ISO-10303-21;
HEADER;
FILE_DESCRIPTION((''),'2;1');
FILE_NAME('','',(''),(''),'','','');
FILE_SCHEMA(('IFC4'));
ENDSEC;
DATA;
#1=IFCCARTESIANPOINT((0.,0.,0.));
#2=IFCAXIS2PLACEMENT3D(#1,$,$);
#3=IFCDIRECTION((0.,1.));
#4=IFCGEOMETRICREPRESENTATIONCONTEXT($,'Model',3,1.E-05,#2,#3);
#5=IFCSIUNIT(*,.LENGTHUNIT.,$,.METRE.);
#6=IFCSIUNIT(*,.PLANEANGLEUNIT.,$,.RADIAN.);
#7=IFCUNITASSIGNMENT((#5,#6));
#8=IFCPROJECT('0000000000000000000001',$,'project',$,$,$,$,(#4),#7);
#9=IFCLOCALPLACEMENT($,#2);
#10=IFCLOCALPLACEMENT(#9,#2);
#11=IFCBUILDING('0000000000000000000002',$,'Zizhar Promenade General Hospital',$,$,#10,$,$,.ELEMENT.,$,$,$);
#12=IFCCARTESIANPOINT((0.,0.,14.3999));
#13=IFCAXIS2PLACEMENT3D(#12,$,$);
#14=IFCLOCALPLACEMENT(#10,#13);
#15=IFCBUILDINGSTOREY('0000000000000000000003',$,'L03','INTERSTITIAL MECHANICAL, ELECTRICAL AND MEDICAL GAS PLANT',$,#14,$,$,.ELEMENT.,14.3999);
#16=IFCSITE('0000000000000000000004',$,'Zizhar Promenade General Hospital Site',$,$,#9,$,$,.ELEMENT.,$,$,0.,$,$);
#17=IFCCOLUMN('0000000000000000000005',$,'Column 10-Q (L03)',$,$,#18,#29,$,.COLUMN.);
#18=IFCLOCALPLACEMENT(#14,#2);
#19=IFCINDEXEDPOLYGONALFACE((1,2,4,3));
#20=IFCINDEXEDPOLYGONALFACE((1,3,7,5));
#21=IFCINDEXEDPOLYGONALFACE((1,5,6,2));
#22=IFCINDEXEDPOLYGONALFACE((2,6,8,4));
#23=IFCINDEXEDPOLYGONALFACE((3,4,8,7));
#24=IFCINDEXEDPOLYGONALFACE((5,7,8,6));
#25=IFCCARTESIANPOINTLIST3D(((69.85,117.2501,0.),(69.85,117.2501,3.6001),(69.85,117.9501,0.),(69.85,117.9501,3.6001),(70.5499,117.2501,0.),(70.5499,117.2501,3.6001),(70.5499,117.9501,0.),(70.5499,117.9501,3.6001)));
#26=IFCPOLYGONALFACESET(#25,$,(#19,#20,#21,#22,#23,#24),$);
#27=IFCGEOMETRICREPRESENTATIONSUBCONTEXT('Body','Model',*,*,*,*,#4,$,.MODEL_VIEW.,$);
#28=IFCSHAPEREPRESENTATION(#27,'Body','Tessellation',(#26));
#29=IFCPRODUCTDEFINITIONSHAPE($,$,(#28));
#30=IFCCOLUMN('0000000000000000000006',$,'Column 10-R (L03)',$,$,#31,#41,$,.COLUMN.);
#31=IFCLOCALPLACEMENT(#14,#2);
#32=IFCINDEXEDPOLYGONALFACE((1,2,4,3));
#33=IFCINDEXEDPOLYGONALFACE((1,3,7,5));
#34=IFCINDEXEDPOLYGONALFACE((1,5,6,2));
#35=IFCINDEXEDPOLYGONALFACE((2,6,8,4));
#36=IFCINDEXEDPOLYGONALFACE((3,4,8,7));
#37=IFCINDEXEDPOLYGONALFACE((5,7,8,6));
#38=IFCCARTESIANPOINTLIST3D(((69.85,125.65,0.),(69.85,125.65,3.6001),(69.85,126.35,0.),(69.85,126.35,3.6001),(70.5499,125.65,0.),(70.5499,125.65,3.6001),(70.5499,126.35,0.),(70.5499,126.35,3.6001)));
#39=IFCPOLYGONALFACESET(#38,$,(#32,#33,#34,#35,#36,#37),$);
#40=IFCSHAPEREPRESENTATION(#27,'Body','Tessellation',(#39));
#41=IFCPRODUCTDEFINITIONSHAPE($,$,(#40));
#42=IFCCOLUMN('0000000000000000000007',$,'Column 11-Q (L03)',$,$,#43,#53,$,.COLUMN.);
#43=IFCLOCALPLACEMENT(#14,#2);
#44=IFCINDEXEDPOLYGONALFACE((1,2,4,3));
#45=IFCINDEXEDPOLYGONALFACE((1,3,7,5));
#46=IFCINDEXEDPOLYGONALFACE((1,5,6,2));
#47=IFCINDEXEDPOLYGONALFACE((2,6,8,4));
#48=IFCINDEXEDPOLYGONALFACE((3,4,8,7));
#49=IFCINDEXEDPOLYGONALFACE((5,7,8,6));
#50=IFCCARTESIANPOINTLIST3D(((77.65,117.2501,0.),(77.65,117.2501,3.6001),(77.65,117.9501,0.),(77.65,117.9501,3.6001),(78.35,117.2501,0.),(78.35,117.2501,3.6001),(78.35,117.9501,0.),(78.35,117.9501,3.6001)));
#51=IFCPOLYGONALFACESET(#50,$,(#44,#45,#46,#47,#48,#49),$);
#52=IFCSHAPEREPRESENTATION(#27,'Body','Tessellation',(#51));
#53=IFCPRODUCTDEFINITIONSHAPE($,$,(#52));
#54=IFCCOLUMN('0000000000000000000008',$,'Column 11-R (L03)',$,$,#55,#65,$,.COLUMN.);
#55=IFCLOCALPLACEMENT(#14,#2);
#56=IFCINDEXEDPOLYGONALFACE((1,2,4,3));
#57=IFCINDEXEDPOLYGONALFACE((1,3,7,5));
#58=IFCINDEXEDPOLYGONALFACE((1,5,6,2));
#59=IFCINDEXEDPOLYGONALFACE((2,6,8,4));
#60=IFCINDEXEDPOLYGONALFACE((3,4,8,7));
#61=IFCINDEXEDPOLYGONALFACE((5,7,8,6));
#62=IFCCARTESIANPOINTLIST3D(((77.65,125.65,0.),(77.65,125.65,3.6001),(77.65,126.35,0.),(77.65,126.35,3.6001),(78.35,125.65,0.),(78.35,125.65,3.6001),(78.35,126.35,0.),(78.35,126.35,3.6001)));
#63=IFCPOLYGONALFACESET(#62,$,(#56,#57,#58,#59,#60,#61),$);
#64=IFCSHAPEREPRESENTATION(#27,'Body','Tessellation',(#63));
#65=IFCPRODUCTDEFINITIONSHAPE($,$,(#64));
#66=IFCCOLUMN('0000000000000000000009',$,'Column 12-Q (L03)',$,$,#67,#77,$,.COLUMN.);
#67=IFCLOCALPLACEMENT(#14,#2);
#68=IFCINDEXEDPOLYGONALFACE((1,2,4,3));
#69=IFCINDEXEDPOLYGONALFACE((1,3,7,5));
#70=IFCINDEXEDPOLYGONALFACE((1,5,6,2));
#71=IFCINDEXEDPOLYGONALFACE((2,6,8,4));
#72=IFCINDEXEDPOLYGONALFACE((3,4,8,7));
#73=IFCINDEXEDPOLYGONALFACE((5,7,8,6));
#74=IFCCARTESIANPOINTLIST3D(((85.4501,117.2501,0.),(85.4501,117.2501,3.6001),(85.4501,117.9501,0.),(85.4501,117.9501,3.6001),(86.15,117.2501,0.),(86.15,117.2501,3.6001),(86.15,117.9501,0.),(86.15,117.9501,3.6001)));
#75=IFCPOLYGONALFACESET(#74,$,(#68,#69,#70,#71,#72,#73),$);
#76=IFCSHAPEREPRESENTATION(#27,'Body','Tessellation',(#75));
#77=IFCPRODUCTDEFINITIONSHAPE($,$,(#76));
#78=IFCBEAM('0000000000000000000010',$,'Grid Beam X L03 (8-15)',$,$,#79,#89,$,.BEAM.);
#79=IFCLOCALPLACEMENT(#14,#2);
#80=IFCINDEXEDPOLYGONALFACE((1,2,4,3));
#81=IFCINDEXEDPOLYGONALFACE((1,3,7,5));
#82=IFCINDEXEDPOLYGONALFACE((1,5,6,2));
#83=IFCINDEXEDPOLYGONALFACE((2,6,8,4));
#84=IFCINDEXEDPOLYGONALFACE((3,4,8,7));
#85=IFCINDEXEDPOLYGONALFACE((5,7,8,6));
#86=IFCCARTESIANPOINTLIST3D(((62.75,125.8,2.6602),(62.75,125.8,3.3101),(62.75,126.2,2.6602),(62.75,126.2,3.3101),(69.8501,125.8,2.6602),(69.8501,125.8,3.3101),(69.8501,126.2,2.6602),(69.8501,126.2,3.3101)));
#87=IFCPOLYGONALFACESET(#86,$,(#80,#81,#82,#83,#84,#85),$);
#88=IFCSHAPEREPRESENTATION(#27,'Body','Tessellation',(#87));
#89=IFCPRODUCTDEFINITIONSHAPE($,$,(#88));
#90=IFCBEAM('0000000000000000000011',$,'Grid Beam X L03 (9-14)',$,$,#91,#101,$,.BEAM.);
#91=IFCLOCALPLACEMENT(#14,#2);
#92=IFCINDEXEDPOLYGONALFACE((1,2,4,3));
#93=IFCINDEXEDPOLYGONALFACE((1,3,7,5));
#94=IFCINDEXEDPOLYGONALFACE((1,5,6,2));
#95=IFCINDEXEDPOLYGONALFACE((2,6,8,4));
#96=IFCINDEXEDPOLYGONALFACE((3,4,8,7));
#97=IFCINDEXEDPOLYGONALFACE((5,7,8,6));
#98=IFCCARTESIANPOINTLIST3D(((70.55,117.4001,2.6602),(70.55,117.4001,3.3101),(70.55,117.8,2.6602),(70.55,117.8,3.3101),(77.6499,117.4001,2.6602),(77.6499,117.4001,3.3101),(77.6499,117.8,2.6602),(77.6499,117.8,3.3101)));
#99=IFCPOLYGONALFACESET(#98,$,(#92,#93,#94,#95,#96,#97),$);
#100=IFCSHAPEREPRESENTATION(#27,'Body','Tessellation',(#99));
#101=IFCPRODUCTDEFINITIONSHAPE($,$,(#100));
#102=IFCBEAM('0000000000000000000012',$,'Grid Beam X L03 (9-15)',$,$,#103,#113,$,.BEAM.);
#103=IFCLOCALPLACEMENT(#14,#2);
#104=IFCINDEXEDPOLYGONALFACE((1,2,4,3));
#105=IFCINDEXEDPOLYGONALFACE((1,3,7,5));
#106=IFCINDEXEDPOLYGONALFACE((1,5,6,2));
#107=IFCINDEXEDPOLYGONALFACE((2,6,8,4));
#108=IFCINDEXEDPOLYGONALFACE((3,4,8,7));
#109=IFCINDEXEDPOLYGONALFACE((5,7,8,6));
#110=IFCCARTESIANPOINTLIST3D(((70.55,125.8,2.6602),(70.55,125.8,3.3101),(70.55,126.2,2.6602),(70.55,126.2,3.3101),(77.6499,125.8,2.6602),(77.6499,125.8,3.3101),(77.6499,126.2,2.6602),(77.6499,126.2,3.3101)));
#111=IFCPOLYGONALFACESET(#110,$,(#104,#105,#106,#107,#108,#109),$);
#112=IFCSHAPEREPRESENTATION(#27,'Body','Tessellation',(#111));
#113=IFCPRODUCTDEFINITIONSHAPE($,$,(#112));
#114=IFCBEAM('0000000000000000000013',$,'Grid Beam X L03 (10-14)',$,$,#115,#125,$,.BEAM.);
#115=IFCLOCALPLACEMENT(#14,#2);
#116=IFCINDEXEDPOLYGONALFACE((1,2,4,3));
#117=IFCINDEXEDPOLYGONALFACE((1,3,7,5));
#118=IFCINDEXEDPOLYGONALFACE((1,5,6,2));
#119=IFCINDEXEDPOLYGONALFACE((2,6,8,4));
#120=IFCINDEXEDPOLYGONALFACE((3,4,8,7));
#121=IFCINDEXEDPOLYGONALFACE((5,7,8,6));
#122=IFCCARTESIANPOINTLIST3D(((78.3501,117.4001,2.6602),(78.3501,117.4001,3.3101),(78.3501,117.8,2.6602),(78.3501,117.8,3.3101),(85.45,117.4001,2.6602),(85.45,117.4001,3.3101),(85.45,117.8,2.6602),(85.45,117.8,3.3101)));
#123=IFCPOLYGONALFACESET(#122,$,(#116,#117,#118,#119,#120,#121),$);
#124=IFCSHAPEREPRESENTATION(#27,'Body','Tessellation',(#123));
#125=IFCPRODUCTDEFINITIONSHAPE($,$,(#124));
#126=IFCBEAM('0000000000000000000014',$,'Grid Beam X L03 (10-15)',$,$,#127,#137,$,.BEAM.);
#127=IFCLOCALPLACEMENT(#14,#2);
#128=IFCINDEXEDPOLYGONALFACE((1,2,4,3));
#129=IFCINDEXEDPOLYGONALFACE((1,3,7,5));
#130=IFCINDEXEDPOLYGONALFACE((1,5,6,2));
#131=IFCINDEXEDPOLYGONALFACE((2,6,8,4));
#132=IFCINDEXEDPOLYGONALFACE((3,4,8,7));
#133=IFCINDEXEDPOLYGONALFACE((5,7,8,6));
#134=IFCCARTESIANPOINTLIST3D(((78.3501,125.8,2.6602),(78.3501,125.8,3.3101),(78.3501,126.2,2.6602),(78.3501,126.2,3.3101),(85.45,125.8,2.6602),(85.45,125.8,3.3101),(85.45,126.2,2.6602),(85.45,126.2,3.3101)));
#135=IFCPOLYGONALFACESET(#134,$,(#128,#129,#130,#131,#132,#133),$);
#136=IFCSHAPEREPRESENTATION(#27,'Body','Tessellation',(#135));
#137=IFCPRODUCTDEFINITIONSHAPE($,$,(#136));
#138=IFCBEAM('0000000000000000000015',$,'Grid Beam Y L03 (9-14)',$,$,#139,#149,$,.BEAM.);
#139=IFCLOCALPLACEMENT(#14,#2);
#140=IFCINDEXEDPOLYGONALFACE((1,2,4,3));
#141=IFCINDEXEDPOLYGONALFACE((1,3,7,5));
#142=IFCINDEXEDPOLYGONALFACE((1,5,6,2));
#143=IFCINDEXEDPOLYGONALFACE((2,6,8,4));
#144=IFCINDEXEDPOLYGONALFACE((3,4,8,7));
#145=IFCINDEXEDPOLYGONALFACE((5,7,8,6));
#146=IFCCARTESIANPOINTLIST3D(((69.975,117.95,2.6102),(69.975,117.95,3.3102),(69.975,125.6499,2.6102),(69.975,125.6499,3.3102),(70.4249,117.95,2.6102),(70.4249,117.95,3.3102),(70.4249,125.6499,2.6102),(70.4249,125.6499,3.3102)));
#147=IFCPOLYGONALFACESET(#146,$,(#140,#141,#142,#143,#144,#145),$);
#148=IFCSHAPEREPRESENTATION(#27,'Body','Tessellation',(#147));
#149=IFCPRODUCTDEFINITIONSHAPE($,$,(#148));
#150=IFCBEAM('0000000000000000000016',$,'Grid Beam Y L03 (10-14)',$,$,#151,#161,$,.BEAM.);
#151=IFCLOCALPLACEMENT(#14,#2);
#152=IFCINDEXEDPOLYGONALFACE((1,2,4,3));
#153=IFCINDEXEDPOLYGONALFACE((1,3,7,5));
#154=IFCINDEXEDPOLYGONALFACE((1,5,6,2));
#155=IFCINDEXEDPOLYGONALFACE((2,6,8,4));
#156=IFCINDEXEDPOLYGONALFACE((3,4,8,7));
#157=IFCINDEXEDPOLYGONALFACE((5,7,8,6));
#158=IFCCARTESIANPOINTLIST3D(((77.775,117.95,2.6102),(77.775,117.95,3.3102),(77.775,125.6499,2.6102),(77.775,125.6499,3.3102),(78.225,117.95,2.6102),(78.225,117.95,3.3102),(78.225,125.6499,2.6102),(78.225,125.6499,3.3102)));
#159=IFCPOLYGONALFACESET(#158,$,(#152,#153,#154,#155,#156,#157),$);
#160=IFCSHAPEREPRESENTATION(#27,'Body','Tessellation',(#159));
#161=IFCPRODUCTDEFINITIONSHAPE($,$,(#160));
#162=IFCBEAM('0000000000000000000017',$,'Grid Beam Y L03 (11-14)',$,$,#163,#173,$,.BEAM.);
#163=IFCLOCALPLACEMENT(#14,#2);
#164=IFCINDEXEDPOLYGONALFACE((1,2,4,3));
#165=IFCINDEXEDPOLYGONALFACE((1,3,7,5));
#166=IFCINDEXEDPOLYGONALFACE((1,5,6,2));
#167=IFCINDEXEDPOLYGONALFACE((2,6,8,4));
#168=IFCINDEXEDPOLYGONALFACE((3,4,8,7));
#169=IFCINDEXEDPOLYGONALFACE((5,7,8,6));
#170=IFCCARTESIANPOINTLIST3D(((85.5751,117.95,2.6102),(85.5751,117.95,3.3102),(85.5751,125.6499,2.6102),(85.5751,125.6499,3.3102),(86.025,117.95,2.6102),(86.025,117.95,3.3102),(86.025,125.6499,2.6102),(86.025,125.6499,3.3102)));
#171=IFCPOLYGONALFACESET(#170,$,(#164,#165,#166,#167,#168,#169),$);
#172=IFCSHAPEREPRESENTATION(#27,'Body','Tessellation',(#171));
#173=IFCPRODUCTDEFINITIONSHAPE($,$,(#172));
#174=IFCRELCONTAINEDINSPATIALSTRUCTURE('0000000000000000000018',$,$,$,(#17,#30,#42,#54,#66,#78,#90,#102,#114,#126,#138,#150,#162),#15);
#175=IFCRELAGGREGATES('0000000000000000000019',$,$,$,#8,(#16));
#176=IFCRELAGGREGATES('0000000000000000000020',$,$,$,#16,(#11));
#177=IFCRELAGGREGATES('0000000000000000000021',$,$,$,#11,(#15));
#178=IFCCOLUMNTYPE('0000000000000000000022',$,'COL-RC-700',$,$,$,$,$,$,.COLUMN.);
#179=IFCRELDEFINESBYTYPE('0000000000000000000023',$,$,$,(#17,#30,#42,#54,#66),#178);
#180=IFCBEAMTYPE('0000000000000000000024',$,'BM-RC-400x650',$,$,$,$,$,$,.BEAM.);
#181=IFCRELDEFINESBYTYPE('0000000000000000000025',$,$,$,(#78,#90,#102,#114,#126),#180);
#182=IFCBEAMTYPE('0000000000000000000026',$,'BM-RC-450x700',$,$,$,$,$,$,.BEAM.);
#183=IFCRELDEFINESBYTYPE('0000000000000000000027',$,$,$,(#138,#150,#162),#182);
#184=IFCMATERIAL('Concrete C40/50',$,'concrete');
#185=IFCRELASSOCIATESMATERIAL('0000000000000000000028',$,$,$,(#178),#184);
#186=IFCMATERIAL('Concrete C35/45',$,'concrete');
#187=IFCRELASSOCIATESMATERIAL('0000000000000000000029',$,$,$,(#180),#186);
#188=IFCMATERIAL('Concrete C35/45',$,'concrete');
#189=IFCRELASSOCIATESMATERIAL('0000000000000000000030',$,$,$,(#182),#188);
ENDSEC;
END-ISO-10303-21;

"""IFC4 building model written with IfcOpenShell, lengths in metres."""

from ifc_helpers import new_model, si_unit, direction, frame, origin, origin_2d, place, context, subcontext, project, spatial, rectangle, extrude, material, material_profile, profile_set, type_object, element, save


model = new_model("IFC4")

# Units and contexts
model_context = context("Model", 3, precision=1e-05, world=origin(), true_north=direction((0.0, 1.0)))
body_context = subcontext(model_context, "Body", "Model", "MODEL_VIEW")
ifc_project = project(units=[si_unit("LENGTHUNIT", "METRE"), si_unit("PLANEANGLEUNIT", "RADIAN")], contexts=[model_context])

# Site, building, storey
site_placement = place(None, origin())
site = spatial("IfcSite", under=ifc_project, at=site_placement, Name="Zizhar Promenade General Hospital Site", CompositionType="ELEMENT", RefElevation=0.0)
building_placement = place(site_placement, origin())
building = spatial("IfcBuilding", under=site, at=building_placement, Name="Zizhar Promenade General Hospital", CompositionType="ELEMENT")
storey_placement = place(building_placement, frame((0.0, 0.0, 14.3999)))
storey = spatial("IfcBuildingStorey", under=building, at=storey_placement, Name="L03", Description="INTERSTITIAL MECHANICAL, ELECTRICAL AND MEDICAL GAS PLANT", CompositionType="ELEMENT", Elevation=14.3999)

# Columns
ifc_material_1 = material(Name="Concrete C40/50", Category="concrete")
ifc_material_profile_1 = material_profile(ifc_material_1, rectangle(XDim=0.7, YDim=0.7, at=origin_2d()))
ifc_profile_set_1 = profile_set([ifc_material_profile_1], Name="Concrete C40/50")
column_type = type_object("IfcColumnType", Name="COL-RC-700", PredefinedType="COLUMN", material=ifc_profile_set_1)
for number, where, z_axis, x_axis, name in (
    (1, (70.2, 117.6001, 0.0), (0.0, 0.0, 1.0), (1.0, 0.0, 0.0), "Column 10-Q (L03)"),
    (2, (70.2, 126.0, 0.0), (0.0, 0.0, 1.0), (1.0, 0.0, 0.0), "Column 10-R (L03)"),
    (3, (78.0, 117.6001, 0.0), (0.0, 0.0, 1.0), (1.0, 0.0, 0.0), "Column 11-Q (L03)"),
    (4, (78.0, 126.0, 0.0), (0.0, 0.0, 1.0), (1.0, 0.0, 0.0), "Column 11-R (L03)"),
    (5, (85.8, 117.6001, 0.0), (0.0, 0.0, 1.0), (1.0, 0.0, 0.0), "Column 12-Q (L03)"),
):
    element("IfcColumn", number, at=place(storey_placement, frame(where, z_axis=z_axis, x_axis=x_axis)), inside=storey, type_object=column_type, Name=name, PredefinedType="COLUMN", context=body_context, shape_type="SweptSolid", body=[
        extrude(rectangle(XDim=0.7, YDim=0.7, at=origin_2d()), origin(), (0.0, 0.0, 1.0), 3.6001),
    ])

# Beams
ifc_material_2 = material(Name="Concrete C35/45", Category="concrete")
ifc_material_profile_2 = material_profile(ifc_material_2, rectangle(XDim=0.3999, YDim=0.6499, at=origin_2d()))
ifc_profile_set_2 = profile_set([ifc_material_profile_2], Name="Concrete C35/45")
beam_type_1 = type_object("IfcBeamType", Name="BM-RC-400x650", PredefinedType="BEAM", material=ifc_profile_set_2)
beam_placement = place(storey_placement, frame((62.75, 126.0, 2.9851), z_axis=(1.0, 0.0, 0.0), x_axis=(0.0, 1.0, 0.0)))
element("IfcBeam", 6, at=beam_placement, inside=storey, type_object=beam_type_1, Name="Grid Beam X L03 (8-15)", PredefinedType="BEAM", context=body_context, shape_type="SweptSolid", body=[
    extrude(rectangle(XDim=0.3999, YDim=0.6499, at=origin_2d()), origin(), (0.0, 0.0, 1.0), 7.1001),
])
for number, where, z_axis, x_axis, name in (
    (7, (70.55, 117.6001, 2.9851), (1.0, 0.0, 0.0), (0.0, 1.0, 0.0), "Grid Beam X L03 (9-14)"),
    (8, (70.55, 126.0, 2.9851), (1.0, 0.0, 0.0), (0.0, 1.0, 0.0), "Grid Beam X L03 (9-15)"),
    (9, (78.3501, 117.6001, 2.9851), (1.0, 0.0, 0.0), (0.0, 1.0, 0.0), "Grid Beam X L03 (10-14)"),
    (10, (78.3501, 126.0, 2.9851), (1.0, 0.0, 0.0), (0.0, 1.0, 0.0), "Grid Beam X L03 (10-15)"),
):
    element("IfcBeam", number, at=place(storey_placement, frame(where, z_axis=z_axis, x_axis=x_axis)), inside=storey, type_object=beam_type_1, Name=name, PredefinedType="BEAM", context=body_context, shape_type="SweptSolid", body=[
        extrude(rectangle(XDim=0.3999, YDim=0.6499, at=origin_2d()), origin(), (0.0, 0.0, 1.0), 7.0999),
    ])
ifc_material_3 = material(Name="Concrete C35/45", Category="concrete")
ifc_material_profile_3 = material_profile(ifc_material_3, rectangle(XDim=0.45, YDim=0.7, at=origin_2d()))
ifc_profile_set_3 = profile_set([ifc_material_profile_3], Name="Concrete C35/45")
beam_type_2 = type_object("IfcBeamType", Name="BM-RC-450x700", PredefinedType="BEAM", material=ifc_profile_set_3)
for number, where, z_axis, x_axis, name in (
    (11, (70.2, 117.95, 2.9602), (0.0, 1.0, 0.0), (-1.0, 0.0, 0.0), "Grid Beam Y L03 (9-14)"),
    (12, (78.0, 117.95, 2.9602), (0.0, 1.0, 0.0), (-1.0, 0.0, 0.0), "Grid Beam Y L03 (10-14)"),
    (13, (85.8, 117.95, 2.9602), (0.0, 1.0, 0.0), (-1.0, 0.0, 0.0), "Grid Beam Y L03 (11-14)"),
):
    element("IfcBeam", number, at=place(storey_placement, frame(where, z_axis=z_axis, x_axis=x_axis)), inside=storey, type_object=beam_type_2, Name=name, PredefinedType="BEAM", context=body_context, shape_type="SweptSolid", body=[
        extrude(rectangle(XDim=0.45, YDim=0.7, at=origin_2d()), origin(), (0.0, 0.0, 1.0), 7.7),
    ])

save(model, "model.ifc")
